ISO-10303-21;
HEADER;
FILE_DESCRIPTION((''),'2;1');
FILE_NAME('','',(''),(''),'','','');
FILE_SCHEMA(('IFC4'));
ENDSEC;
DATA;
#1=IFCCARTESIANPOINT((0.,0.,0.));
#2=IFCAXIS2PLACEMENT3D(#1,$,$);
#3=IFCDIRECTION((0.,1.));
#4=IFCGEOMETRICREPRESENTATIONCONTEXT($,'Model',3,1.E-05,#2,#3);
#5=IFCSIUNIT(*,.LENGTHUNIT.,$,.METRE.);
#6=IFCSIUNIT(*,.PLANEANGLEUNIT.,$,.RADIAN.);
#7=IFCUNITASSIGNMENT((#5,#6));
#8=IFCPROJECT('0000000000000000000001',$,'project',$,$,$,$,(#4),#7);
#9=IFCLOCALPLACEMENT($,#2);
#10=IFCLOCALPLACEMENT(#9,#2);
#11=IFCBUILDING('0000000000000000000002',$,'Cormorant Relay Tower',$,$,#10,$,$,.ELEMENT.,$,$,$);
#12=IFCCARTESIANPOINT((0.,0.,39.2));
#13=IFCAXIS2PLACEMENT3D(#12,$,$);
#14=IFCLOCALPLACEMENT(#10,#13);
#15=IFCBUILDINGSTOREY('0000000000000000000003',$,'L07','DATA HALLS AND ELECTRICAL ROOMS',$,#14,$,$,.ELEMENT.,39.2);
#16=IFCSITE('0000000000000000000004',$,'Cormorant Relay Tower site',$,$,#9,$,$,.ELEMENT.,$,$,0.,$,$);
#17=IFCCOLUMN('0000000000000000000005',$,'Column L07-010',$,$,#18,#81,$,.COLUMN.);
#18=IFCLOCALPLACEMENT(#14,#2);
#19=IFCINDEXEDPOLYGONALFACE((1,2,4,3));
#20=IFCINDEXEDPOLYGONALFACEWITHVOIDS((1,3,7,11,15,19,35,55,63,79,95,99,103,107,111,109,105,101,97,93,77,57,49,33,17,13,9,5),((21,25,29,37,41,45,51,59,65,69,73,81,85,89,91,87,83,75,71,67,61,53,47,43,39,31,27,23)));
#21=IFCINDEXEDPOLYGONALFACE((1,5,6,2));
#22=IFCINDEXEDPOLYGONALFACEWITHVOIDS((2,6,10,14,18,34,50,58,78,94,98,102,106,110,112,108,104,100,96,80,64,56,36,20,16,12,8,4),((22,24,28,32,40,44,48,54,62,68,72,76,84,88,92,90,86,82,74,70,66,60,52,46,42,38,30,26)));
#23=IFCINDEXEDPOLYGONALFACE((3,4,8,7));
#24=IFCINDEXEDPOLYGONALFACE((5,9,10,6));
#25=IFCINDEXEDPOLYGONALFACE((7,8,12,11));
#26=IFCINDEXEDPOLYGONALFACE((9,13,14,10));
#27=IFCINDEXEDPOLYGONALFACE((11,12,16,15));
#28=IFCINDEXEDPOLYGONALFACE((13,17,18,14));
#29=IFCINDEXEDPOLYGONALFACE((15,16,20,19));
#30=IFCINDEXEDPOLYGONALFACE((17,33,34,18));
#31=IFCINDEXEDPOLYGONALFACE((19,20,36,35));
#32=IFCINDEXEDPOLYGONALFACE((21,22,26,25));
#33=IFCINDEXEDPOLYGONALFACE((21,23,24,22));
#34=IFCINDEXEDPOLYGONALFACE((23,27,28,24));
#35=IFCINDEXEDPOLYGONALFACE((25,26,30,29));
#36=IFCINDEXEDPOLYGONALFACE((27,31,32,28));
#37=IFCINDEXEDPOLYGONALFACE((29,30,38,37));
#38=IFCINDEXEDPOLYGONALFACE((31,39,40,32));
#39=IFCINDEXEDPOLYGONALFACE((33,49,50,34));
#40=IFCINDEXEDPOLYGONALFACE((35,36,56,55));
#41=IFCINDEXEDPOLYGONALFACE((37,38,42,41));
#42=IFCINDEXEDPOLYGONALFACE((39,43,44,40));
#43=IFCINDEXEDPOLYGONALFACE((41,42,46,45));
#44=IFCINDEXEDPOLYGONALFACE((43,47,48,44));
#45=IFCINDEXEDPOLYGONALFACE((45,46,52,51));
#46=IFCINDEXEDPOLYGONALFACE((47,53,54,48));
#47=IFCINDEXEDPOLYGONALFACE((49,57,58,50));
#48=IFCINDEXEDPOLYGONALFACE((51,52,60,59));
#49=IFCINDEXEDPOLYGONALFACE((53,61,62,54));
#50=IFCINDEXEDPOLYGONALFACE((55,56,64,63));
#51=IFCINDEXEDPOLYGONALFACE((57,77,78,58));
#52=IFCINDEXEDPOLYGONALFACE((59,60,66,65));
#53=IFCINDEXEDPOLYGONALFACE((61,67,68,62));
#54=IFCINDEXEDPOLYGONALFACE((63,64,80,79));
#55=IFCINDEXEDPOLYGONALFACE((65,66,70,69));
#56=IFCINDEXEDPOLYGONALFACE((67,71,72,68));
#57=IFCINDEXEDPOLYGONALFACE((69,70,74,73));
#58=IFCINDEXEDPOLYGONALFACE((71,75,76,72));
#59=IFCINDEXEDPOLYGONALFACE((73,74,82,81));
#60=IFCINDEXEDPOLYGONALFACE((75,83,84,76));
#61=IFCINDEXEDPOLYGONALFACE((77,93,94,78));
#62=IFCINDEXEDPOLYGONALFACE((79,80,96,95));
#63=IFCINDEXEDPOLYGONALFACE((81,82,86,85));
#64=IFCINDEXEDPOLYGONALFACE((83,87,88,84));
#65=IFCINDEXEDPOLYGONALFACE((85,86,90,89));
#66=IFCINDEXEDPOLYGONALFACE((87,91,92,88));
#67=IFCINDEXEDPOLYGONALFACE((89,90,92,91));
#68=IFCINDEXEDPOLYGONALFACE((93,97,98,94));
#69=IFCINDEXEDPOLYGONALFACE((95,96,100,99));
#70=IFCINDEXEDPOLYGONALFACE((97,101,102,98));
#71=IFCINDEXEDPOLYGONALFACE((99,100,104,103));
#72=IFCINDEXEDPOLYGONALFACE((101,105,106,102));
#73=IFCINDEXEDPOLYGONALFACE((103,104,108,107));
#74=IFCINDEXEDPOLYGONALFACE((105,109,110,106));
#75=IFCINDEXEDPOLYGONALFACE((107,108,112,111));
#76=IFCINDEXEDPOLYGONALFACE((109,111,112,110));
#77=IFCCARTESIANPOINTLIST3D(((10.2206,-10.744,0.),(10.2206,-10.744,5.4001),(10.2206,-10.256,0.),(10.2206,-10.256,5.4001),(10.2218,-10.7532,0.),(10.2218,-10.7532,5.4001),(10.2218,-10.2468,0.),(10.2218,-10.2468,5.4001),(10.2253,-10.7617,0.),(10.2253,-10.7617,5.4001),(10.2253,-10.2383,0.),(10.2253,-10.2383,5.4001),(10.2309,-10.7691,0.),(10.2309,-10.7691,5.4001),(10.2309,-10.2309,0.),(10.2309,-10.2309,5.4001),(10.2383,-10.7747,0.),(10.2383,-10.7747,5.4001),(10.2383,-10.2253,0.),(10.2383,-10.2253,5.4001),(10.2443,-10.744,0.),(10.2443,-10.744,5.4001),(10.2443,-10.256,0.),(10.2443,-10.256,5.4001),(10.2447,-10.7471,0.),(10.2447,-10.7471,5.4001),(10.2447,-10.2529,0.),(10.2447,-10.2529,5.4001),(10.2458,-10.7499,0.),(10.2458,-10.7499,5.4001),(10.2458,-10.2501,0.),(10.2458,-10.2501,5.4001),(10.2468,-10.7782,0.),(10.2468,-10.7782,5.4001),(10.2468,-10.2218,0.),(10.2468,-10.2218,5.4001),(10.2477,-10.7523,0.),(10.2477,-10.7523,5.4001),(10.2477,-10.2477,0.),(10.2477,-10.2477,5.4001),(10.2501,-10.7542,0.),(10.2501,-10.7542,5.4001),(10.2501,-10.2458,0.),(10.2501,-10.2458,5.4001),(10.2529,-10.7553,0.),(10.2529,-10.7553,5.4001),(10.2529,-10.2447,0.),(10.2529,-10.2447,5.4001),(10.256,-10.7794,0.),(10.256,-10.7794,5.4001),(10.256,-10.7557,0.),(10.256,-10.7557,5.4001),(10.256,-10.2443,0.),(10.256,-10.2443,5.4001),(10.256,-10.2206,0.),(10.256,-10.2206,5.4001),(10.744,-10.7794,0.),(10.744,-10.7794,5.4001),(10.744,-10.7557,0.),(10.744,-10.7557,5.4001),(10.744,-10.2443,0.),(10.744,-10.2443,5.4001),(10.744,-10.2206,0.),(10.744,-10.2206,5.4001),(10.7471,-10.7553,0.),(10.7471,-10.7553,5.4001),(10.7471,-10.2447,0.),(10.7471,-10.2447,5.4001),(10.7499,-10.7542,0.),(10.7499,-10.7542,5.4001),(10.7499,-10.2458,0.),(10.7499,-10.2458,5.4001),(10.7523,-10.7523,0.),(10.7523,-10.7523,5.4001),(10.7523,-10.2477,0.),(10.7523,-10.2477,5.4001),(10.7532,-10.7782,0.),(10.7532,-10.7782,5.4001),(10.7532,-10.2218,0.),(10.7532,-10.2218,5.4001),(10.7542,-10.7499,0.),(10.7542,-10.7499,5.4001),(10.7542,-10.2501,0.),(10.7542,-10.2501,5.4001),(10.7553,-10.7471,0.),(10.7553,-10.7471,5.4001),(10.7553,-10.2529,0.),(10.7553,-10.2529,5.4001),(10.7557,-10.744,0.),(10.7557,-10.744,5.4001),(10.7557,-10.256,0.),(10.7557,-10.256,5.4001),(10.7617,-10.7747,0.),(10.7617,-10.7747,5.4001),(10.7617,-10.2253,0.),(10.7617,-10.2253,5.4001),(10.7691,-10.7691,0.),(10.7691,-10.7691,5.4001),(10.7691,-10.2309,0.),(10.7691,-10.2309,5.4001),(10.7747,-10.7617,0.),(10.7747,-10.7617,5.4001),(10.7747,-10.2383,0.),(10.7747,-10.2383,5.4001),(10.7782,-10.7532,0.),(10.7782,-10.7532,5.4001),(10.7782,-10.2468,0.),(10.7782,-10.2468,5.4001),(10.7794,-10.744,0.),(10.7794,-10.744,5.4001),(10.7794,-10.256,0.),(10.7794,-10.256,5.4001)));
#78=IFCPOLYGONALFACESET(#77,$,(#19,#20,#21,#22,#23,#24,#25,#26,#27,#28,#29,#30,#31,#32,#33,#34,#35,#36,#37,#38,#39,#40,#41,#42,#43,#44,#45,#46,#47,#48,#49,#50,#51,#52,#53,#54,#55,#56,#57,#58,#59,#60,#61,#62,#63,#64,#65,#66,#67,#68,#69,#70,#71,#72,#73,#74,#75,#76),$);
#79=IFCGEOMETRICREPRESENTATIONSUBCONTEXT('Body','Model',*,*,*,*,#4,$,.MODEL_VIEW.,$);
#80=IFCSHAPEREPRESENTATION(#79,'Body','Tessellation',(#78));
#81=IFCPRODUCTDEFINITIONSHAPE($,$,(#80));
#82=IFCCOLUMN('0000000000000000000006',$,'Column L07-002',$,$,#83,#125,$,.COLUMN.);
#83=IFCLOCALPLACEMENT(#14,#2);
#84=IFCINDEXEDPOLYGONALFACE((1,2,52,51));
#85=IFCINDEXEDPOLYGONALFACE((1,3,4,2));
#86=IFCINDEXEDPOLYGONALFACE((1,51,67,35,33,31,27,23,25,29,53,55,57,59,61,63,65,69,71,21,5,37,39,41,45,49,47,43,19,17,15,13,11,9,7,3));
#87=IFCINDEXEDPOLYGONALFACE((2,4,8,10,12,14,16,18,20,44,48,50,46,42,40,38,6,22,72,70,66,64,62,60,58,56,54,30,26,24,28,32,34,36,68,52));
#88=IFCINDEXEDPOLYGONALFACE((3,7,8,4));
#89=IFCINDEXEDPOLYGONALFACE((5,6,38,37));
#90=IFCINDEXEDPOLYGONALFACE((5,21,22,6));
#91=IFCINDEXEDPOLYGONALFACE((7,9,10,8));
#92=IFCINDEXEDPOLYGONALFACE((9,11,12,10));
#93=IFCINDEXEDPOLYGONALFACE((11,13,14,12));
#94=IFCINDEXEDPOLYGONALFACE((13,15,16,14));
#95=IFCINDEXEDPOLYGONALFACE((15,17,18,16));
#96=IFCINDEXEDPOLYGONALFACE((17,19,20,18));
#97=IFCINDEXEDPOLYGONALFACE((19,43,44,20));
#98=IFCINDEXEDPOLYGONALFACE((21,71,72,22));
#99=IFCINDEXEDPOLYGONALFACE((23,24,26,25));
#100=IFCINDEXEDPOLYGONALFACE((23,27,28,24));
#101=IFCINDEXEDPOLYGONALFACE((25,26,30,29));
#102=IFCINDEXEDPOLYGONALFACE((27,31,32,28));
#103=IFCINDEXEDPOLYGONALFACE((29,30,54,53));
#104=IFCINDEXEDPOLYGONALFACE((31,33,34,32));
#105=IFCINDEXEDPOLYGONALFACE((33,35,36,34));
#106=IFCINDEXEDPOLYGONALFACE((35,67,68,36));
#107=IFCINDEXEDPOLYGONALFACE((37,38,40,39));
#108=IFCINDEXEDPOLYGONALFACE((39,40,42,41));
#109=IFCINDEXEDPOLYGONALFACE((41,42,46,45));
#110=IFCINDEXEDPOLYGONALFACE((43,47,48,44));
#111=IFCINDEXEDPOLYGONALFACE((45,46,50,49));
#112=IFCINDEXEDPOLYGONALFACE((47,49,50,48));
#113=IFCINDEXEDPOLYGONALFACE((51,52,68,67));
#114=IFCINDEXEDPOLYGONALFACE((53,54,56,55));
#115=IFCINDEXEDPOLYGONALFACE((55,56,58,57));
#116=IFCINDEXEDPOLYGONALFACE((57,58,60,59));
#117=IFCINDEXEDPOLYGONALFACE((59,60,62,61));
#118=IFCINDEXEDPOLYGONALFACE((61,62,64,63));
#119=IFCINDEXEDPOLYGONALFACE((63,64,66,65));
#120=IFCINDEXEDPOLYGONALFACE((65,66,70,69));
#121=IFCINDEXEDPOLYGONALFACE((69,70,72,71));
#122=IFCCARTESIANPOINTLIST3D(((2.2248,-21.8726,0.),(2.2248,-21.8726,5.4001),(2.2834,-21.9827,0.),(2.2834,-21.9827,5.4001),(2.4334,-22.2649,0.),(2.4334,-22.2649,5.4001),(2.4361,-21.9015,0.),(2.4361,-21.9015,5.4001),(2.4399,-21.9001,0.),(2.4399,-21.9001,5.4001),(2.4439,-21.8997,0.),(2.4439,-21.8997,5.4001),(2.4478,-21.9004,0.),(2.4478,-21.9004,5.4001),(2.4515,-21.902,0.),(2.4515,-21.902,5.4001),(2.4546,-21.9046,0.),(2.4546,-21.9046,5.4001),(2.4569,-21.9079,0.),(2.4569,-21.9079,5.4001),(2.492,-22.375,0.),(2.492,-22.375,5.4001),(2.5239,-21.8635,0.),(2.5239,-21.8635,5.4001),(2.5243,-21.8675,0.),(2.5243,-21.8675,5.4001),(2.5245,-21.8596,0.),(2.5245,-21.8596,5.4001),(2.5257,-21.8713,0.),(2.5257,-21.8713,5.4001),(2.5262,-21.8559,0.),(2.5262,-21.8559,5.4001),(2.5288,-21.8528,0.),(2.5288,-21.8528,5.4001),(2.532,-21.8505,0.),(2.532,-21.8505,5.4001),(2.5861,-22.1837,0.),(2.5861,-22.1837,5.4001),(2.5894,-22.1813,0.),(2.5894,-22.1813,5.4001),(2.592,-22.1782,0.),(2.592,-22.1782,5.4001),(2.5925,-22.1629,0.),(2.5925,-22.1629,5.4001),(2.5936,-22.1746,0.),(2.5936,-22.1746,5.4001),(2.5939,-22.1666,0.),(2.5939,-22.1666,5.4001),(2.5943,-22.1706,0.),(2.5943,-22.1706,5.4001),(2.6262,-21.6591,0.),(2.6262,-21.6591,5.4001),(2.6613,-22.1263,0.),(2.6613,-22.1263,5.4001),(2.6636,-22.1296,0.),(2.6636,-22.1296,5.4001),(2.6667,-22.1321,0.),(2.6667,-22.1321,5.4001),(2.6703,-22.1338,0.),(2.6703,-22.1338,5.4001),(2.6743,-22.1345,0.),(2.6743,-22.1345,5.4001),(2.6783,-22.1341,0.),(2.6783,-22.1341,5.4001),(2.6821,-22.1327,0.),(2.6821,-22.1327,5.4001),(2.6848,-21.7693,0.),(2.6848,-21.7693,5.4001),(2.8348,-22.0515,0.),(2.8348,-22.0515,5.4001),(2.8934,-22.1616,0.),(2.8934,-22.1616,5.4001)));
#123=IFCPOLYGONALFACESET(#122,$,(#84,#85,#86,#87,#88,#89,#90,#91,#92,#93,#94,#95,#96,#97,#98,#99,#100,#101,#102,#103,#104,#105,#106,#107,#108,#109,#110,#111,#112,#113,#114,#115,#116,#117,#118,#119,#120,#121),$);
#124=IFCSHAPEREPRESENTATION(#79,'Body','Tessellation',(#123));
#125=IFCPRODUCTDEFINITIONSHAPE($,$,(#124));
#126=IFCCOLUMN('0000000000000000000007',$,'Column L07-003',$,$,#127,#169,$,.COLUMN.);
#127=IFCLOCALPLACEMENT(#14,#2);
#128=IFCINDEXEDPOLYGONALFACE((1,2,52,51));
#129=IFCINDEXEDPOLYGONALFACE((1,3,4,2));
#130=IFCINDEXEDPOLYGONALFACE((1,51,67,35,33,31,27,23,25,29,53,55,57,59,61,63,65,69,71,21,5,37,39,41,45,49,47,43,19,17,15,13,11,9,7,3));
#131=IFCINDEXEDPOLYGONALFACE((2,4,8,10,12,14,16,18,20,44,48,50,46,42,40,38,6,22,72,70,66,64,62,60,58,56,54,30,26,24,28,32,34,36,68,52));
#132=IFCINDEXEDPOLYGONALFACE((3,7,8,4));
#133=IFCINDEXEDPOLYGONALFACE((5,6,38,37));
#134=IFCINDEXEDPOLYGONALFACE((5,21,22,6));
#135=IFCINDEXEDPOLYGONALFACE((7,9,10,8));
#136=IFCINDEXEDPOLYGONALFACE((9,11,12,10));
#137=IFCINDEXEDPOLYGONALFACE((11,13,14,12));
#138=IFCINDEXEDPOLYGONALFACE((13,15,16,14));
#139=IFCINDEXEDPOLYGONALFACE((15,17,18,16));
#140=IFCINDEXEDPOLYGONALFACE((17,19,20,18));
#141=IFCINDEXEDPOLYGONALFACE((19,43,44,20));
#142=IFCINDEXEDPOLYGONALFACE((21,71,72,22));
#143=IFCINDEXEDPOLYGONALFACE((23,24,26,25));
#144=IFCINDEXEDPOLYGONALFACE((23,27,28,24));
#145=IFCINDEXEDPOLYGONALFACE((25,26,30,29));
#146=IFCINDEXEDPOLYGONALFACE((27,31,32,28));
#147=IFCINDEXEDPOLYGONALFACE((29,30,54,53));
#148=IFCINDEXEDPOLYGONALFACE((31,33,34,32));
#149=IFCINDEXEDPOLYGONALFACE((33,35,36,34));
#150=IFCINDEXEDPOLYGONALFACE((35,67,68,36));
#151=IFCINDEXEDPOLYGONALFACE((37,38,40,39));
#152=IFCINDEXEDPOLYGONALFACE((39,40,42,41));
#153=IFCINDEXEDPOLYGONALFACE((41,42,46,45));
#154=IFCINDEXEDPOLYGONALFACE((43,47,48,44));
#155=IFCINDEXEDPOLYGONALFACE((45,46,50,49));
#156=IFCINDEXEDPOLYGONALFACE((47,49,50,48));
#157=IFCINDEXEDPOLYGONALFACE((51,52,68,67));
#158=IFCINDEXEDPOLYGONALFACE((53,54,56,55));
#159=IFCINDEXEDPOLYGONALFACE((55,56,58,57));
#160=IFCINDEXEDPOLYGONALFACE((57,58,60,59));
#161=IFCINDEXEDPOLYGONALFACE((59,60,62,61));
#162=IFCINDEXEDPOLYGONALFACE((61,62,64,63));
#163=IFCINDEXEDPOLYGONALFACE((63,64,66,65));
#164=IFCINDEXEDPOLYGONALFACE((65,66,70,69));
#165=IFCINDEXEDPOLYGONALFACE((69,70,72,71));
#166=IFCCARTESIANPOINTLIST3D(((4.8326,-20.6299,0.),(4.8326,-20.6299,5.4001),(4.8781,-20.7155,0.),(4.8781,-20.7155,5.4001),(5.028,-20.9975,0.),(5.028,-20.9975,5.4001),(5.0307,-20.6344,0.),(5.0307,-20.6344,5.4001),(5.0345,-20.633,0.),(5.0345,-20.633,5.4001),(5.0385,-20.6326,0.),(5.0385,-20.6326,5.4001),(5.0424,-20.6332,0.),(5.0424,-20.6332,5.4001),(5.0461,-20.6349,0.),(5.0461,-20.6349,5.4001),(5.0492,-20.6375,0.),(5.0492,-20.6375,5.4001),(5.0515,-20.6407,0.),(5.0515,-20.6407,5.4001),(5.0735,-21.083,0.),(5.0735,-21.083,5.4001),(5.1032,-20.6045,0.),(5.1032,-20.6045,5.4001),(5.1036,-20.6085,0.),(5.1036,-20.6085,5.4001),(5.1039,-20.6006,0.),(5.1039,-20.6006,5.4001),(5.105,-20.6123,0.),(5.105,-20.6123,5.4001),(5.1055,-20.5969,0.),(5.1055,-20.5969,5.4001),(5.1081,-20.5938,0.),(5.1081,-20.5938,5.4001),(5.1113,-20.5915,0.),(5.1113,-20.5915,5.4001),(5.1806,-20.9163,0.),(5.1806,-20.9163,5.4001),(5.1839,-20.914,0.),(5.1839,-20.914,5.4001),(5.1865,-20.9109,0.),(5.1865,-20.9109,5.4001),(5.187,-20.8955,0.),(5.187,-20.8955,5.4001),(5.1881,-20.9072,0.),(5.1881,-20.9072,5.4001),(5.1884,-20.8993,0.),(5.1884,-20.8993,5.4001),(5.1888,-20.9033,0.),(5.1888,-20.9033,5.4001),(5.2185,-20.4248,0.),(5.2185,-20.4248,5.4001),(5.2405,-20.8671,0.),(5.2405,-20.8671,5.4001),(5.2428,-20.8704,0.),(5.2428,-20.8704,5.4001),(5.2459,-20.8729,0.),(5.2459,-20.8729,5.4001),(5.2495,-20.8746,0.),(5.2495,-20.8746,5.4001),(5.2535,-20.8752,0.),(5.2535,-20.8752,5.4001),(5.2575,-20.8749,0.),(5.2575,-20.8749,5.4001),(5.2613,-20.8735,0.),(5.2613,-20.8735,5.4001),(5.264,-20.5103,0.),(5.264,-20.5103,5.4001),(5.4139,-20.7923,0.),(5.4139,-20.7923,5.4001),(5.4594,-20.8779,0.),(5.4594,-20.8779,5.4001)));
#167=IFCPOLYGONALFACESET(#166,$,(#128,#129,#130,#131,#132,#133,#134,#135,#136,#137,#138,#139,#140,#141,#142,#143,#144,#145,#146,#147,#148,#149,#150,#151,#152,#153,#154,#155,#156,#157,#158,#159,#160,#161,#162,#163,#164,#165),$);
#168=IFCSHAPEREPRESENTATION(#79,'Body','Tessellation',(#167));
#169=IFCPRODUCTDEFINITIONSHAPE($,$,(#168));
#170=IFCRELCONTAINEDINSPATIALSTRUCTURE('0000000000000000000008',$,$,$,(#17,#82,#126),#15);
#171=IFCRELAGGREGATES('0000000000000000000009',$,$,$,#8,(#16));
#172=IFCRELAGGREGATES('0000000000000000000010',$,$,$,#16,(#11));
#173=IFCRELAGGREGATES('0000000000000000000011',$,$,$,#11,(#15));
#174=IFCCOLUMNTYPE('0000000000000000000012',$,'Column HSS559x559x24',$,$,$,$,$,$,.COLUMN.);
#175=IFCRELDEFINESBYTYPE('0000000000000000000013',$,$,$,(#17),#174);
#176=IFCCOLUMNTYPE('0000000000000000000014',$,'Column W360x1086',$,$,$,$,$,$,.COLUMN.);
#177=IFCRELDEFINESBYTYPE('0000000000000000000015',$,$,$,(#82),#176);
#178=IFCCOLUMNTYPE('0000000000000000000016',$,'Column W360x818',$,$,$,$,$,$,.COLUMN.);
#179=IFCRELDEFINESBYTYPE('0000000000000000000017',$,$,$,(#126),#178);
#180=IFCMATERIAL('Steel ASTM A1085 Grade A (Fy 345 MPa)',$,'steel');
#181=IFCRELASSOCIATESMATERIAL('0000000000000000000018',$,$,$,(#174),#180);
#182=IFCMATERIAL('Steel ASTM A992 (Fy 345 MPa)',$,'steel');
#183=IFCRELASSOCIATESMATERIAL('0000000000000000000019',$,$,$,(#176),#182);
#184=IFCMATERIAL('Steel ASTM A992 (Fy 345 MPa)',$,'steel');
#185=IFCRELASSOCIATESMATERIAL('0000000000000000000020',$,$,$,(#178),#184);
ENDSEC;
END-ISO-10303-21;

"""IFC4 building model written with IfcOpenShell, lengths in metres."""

from ifc_helpers import new_model, si_unit, direction, frame, origin, origin_2d, place, context, subcontext, project, spatial, hollow_rectangle, i_section, extrude, material, material_profile, profile_set, type_object, element, save


model = new_model("IFC4")

# Units and contexts
model_context = context("Model", 3, precision=1e-05, world=origin(), true_north=direction((0.0, 1.0)))
body_context = subcontext(model_context, "Body", "Model", "MODEL_VIEW")
ifc_project = project(units=[si_unit("LENGTHUNIT", "METRE"), si_unit("PLANEANGLEUNIT", "RADIAN")], contexts=[model_context])

# Site, building, storey
site_placement = place(None, origin())
site = spatial("IfcSite", under=ifc_project, at=site_placement, Name="Cormorant Relay Tower site", CompositionType="ELEMENT", RefElevation=0.0)
building_placement = place(site_placement, origin())
building = spatial("IfcBuilding", under=site, at=building_placement, Name="Cormorant Relay Tower", CompositionType="ELEMENT")
storey_placement = place(building_placement, frame((0.0, 0.0, 39.2)))
storey = spatial("IfcBuildingStorey", under=building, at=storey_placement, Name="L07", Description="DATA HALLS AND ELECTRICAL ROOMS", CompositionType="ELEMENT", Elevation=39.2)

# Columns
ifc_material_1 = material(Name="Steel ASTM A1085 Grade A (Fy 345 MPa)", Category="steel")
ifc_material_profile_1 = material_profile(ifc_material_1, hollow_rectangle(XDim=0.5588, YDim=0.5588, WallThickness=0.0237, InnerFilletRadius=0.0117, OuterFilletRadius=0.0354, at=origin_2d()), Name="HSS559x559x24")
ifc_profile_set_1 = profile_set([ifc_material_profile_1], Name="Steel ASTM A1085 Grade A (Fy 345 MPa)")
column_type_1 = type_object("IfcColumnType", Name="Column HSS559x559x24", PredefinedType="COLUMN", material=ifc_profile_set_1)
column_1_placement = place(storey_placement, frame((10.5, -10.5, 0.0), z_axis=(0.0, 0.0, 1.0), x_axis=(1.0, 0.0, 0.0)))
element("IfcColumn", 1, at=column_1_placement, inside=storey, type_object=column_type_1, Name="Column L07-010", PredefinedType="COLUMN", context=body_context, shape_type="SweptSolid", body=[
    extrude(hollow_rectangle(XDim=0.5588, YDim=0.5588, WallThickness=0.0237, InnerFilletRadius=0.0117, OuterFilletRadius=0.0354, at=origin_2d()), origin(), (0.0, 0.0, 1.0), 5.4001),
])
ifc_material_2 = material(Name="Steel ASTM A992 (Fy 345 MPa)", Category="steel")
ifc_material_profile_2 = material_profile(ifc_material_2, i_section(OverallWidth=0.4546, OverallDepth=0.5691, WebThickness=0.0779, FlangeThickness=0.1248, FilletRadius=0.0154, at=origin_2d()), Name="W360x1086")
ifc_profile_set_2 = profile_set([ifc_material_profile_2], Name="Steel ASTM A992 (Fy 345 MPa)")
column_type_2 = type_object("IfcColumnType", Name="Column W360x1086", PredefinedType="COLUMN", material=ifc_profile_set_2)
column_2_placement = place(storey_placement, frame((2.5591, -22.0171, 0.0), z_axis=(0.0, 0.0, 1.0), x_axis=(0.882948, 0.469472, 0.0)))
element("IfcColumn", 2, at=column_2_placement, inside=storey, type_object=column_type_2, Name="Column L07-002", PredefinedType="COLUMN", context=body_context, shape_type="SweptSolid", body=[
    extrude(i_section(OverallWidth=0.4546, OverallDepth=0.5691, WebThickness=0.0779, FlangeThickness=0.1248, FilletRadius=0.0154, at=origin_2d()), origin(), (0.0, 0.0, 1.0), 5.4001),
])
ifc_material_3 = material(Name="Steel ASTM A992 (Fy 345 MPa)", Category="steel")
ifc_material_profile_3 = material_profile(ifc_material_3, i_section(OverallWidth=0.437, OverallDepth=0.5132, WebThickness=0.0605, FlangeThickness=0.0969, FilletRadius=0.0154, at=origin_2d()), Name="W360x818")
ifc_profile_set_3 = profile_set([ifc_material_profile_3], Name="Steel ASTM A992 (Fy 345 MPa)")
column_type_3 = type_object("IfcColumnType", Name="Column W360x818", PredefinedType="COLUMN", material=ifc_profile_set_3)
for number, where, z_axis, x_axis, name in (
    (3, (5.146, -20.7539, 0.0), (0.0, 0.0, 1.0), (0.882948, 0.469472, 0.0), "Column L07-003"),
):
    element("IfcColumn", number, at=place(storey_placement, frame(where, z_axis=z_axis, x_axis=x_axis)), inside=storey, type_object=column_type_3, Name=name, PredefinedType="COLUMN", context=body_context, shape_type="SweptSolid", body=[
        extrude(i_section(OverallWidth=0.437, OverallDepth=0.5132, WebThickness=0.0605, FlangeThickness=0.0969, FilletRadius=0.0154, at=origin_2d()), origin(), (0.0, 0.0, 1.0), 5.4001),
    ])

save(model, "model.ifc")
